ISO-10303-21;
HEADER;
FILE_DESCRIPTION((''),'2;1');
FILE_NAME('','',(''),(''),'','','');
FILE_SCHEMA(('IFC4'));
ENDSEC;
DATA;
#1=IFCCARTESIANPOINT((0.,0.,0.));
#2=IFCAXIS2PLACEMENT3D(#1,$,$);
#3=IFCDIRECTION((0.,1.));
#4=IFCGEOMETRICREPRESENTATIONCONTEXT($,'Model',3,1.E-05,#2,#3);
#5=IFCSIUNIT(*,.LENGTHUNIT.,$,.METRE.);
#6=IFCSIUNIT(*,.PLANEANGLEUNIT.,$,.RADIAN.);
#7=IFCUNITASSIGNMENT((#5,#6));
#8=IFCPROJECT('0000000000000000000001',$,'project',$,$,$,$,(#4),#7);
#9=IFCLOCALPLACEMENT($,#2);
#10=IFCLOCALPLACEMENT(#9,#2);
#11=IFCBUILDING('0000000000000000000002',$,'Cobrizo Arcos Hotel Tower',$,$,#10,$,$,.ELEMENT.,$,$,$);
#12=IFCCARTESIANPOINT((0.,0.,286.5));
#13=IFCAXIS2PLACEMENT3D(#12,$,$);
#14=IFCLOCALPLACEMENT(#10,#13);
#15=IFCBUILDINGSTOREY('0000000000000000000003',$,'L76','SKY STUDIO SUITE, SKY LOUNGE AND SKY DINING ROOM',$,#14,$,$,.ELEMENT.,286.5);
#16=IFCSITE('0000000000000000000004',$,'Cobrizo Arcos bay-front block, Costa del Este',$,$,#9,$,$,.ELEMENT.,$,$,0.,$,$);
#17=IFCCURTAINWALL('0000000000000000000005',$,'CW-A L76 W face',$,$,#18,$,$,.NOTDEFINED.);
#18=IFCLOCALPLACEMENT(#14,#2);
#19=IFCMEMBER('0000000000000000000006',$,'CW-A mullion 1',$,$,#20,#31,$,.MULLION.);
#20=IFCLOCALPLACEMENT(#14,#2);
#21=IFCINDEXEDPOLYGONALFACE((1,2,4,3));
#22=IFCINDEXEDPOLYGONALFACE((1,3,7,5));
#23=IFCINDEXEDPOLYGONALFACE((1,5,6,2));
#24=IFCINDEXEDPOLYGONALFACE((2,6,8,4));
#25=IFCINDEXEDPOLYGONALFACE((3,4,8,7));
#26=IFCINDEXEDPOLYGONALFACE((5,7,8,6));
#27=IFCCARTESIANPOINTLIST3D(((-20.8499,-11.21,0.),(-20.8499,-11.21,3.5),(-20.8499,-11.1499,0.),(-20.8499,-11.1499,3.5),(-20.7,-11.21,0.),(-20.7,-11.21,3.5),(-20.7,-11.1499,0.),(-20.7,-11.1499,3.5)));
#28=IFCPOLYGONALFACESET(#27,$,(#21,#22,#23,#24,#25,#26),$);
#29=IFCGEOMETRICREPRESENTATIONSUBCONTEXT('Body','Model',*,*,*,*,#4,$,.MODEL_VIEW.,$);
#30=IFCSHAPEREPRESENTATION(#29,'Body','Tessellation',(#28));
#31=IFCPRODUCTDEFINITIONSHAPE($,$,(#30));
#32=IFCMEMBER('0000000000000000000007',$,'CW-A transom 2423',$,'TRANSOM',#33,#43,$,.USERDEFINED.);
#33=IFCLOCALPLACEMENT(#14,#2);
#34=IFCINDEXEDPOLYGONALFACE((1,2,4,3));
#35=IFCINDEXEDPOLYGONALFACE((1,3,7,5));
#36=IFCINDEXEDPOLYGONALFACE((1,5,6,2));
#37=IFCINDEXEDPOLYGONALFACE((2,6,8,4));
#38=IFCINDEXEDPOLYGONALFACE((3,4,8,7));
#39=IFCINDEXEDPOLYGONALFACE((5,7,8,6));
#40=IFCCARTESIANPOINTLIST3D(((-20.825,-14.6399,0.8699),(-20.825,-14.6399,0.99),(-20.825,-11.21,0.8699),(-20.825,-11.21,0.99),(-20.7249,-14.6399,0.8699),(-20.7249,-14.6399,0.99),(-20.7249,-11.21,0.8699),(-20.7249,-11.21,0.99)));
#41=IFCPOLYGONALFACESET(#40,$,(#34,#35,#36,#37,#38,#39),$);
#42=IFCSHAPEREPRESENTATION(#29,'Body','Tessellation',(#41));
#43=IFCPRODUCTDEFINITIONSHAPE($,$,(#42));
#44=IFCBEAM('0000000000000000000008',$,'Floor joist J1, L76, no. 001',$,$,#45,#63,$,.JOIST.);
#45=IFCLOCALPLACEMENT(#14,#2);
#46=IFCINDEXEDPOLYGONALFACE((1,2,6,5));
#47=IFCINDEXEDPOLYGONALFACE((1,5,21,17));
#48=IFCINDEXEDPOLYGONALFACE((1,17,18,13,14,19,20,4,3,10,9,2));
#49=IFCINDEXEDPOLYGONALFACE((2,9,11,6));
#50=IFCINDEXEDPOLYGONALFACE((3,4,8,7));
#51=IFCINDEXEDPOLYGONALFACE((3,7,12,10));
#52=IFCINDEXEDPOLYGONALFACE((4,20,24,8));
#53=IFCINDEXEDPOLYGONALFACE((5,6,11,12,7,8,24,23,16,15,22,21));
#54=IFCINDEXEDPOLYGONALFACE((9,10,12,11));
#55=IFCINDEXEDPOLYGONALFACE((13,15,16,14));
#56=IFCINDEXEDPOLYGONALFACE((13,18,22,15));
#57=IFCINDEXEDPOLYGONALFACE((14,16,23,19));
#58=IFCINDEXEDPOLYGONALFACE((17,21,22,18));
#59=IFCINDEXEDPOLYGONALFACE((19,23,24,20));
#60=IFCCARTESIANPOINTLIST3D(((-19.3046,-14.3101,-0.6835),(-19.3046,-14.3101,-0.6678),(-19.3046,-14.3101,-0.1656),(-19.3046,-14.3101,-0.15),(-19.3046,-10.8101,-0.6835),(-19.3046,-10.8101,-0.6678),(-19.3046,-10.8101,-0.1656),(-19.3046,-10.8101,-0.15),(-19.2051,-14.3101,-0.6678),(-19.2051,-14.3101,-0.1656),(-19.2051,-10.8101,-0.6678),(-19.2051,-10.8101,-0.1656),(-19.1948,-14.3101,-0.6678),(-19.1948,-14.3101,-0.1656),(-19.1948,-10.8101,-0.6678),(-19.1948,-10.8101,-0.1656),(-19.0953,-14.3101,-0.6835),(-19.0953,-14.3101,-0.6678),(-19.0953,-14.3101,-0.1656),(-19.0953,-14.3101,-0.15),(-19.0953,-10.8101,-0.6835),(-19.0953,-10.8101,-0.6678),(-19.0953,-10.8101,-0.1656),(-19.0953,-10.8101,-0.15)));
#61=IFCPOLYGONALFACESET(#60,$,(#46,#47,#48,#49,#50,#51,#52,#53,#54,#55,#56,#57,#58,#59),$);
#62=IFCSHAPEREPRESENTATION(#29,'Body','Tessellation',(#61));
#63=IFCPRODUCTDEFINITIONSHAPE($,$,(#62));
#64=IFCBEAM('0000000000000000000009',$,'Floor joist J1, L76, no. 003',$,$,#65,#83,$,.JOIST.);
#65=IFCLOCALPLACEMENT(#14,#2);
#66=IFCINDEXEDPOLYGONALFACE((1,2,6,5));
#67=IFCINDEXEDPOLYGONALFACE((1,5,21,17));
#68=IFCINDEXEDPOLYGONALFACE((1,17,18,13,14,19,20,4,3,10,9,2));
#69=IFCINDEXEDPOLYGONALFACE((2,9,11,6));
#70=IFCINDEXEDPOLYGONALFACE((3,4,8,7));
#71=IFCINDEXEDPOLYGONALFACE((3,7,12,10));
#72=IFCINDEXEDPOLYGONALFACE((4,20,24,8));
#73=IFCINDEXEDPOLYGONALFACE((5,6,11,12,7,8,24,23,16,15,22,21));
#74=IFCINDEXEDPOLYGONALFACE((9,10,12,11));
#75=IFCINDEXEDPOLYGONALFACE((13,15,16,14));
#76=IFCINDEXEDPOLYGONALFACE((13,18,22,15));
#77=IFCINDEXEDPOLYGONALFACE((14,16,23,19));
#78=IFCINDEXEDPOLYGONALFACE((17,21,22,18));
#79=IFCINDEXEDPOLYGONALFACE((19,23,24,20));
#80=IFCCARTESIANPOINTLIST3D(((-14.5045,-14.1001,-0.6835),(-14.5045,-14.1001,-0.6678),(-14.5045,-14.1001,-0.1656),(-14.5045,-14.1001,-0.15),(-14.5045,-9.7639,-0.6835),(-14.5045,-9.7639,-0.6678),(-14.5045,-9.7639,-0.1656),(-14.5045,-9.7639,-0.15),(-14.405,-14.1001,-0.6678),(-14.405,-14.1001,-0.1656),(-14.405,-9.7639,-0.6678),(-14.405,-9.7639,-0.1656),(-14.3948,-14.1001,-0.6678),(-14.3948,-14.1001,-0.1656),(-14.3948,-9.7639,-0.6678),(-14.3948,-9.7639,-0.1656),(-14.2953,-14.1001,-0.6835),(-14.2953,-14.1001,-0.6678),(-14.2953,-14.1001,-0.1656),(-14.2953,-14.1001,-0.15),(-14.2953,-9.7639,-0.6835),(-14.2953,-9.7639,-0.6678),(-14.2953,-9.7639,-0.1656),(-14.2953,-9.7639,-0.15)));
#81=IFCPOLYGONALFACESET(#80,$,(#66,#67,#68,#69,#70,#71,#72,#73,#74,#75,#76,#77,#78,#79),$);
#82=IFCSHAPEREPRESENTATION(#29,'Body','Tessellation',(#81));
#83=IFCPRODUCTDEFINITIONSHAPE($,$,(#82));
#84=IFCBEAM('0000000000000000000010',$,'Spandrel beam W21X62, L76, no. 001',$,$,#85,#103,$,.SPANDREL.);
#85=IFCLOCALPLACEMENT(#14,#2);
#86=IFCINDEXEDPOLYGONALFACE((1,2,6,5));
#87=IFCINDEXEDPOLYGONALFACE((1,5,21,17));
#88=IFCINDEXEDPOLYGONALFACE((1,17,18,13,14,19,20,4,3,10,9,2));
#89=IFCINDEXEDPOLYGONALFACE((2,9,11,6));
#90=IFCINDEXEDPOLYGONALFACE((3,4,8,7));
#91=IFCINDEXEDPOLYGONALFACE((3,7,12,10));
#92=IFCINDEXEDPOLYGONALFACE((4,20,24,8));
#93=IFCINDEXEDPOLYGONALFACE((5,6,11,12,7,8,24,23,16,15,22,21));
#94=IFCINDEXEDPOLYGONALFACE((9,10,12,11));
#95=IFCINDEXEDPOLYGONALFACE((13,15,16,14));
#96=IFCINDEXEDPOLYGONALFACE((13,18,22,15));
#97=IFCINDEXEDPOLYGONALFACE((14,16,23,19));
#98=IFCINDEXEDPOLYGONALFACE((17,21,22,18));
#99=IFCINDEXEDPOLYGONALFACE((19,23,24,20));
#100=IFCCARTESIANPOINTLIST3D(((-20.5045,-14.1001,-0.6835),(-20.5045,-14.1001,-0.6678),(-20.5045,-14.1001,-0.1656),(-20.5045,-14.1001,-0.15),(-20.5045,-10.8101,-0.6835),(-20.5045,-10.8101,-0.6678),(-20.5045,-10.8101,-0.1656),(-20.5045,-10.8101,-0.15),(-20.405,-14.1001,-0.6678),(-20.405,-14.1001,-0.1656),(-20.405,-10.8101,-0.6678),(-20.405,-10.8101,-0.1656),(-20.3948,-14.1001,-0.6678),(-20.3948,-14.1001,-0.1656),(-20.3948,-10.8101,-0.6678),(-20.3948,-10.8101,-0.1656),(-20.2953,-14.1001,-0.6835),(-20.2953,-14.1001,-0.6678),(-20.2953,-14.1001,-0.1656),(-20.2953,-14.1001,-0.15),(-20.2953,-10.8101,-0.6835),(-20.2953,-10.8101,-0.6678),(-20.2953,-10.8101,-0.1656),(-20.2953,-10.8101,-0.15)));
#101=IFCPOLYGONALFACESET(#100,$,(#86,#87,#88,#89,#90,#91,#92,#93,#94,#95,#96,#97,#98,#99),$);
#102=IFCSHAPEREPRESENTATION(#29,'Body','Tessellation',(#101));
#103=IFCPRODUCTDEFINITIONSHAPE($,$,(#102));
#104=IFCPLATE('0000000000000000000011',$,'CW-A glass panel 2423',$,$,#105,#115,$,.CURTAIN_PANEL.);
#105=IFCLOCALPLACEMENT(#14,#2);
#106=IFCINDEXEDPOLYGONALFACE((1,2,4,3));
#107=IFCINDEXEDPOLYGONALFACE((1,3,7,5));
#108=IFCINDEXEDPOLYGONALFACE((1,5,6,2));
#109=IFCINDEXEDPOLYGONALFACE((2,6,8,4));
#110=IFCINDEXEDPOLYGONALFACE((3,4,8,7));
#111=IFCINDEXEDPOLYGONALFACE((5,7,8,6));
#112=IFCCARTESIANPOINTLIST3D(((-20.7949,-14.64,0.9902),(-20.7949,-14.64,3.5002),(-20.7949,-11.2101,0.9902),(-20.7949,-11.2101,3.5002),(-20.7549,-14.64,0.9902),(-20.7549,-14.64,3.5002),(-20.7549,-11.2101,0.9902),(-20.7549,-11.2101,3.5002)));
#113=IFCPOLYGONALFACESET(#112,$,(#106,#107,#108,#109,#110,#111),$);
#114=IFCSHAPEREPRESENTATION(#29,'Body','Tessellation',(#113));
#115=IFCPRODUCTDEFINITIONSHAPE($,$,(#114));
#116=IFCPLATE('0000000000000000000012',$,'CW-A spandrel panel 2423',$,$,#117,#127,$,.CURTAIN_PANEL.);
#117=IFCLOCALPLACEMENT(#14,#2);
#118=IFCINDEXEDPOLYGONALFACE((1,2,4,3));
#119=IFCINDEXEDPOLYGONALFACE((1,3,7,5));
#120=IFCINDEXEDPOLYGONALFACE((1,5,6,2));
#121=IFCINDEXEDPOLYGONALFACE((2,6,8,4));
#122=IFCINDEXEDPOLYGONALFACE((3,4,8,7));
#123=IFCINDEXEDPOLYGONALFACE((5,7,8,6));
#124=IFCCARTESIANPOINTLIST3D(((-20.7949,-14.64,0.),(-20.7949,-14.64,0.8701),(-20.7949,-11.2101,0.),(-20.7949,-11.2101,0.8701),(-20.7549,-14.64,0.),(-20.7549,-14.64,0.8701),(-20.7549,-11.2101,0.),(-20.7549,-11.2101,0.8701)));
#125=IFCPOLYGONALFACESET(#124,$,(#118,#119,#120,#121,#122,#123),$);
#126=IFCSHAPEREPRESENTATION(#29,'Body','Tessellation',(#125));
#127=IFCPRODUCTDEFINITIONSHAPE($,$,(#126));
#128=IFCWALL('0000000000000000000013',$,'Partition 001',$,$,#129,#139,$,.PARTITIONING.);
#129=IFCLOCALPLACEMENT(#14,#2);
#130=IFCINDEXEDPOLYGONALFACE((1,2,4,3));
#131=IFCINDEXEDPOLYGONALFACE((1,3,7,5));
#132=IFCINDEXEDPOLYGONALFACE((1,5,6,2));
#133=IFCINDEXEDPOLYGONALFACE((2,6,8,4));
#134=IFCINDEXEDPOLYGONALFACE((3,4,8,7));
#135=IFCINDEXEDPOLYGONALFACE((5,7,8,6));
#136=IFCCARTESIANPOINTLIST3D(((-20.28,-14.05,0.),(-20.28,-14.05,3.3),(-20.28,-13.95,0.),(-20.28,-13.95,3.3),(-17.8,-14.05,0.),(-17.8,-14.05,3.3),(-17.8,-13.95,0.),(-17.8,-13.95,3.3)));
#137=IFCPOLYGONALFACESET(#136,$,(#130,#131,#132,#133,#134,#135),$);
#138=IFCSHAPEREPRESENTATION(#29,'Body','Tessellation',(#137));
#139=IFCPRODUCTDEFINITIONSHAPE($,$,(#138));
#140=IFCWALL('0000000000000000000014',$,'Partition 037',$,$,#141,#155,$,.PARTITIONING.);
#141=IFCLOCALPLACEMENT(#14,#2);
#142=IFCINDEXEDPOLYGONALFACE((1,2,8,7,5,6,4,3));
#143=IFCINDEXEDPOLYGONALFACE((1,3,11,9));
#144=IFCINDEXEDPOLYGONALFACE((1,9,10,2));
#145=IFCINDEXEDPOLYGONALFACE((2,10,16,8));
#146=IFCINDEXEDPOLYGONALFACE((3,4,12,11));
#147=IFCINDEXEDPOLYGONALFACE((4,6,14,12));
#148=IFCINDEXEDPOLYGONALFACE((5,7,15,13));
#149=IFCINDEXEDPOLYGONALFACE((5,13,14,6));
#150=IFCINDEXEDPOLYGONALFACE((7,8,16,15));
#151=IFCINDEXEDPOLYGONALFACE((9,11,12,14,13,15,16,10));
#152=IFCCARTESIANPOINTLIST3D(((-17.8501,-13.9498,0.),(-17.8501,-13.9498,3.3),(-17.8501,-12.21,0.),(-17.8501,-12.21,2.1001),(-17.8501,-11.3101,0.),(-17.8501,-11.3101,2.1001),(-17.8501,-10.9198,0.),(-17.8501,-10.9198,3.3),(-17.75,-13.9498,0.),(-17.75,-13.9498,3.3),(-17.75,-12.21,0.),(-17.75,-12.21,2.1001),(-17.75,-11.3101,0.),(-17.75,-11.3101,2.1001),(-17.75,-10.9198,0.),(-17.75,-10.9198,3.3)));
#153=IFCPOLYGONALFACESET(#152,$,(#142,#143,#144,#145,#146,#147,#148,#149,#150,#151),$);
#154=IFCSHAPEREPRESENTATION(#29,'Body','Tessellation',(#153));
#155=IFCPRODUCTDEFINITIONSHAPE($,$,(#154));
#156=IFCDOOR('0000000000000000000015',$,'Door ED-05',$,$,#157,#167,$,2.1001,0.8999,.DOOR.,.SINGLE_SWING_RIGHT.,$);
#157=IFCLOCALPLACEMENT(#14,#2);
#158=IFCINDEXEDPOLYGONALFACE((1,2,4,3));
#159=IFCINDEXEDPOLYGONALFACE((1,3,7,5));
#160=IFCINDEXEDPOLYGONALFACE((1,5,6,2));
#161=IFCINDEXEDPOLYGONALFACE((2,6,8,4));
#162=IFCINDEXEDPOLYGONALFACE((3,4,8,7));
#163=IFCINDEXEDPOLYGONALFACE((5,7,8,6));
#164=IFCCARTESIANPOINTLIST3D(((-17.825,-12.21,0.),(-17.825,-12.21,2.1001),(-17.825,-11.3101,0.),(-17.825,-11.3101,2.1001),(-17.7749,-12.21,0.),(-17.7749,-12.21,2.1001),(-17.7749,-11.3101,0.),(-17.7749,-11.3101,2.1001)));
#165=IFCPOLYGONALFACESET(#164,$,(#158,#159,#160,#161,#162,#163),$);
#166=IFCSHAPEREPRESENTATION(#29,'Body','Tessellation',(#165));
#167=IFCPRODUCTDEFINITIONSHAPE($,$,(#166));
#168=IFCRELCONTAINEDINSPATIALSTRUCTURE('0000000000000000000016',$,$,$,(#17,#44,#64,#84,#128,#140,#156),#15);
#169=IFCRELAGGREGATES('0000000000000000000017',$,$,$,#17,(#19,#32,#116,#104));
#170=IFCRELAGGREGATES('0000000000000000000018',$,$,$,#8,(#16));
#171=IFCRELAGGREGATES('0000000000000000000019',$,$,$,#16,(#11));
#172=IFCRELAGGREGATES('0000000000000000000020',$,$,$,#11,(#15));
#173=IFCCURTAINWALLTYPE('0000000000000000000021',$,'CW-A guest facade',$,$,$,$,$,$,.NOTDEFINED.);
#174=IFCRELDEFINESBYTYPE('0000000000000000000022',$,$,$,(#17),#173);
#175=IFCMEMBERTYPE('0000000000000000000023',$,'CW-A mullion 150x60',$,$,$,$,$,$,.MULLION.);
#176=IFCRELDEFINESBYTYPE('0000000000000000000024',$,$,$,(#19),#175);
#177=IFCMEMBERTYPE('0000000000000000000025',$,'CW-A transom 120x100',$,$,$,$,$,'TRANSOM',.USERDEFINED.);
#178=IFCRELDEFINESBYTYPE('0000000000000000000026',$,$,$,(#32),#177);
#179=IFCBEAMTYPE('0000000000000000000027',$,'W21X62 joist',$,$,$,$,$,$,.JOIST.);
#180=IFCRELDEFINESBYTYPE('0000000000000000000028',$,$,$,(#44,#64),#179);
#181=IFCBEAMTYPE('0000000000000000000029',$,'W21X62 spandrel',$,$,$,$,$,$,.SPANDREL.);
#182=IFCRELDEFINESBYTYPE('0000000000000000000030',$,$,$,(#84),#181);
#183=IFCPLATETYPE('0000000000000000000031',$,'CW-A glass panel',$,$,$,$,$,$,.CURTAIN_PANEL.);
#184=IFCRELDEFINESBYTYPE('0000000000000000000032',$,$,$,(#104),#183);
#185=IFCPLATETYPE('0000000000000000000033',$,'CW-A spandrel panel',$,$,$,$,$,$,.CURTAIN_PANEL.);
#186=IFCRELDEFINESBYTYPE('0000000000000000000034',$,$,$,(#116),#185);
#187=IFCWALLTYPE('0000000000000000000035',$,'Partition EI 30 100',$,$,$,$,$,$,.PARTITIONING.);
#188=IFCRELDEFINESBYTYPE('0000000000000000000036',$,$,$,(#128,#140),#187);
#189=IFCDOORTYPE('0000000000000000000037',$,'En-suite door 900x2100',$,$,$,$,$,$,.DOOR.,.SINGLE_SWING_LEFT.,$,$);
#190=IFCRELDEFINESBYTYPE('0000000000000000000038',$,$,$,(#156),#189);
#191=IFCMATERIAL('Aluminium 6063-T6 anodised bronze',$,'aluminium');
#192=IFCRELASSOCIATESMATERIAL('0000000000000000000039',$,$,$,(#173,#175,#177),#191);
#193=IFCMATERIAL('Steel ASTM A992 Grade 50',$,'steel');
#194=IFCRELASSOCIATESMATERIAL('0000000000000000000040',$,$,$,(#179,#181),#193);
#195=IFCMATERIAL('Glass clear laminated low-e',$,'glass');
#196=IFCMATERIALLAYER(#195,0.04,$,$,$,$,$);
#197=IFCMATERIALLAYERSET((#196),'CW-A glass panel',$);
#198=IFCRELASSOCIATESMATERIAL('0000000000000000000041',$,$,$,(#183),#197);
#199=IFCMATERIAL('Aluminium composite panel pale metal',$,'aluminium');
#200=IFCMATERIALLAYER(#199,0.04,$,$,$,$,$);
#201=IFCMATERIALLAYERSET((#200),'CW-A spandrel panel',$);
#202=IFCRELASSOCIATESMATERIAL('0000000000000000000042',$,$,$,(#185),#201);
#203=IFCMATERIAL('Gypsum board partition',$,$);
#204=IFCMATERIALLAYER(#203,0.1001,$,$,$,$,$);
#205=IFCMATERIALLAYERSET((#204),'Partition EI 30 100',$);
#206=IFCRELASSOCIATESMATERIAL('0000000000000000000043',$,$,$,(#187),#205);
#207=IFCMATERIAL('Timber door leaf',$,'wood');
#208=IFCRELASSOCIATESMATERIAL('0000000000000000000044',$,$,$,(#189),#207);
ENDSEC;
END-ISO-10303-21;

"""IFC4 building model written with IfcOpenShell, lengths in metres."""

from ifc_helpers import new_model, si_unit, direction, frame, frame_2d, origin, origin_2d, place, context, subcontext, project, spatial, rectangle, i_section, extrude, material, layer, layer_set, material_profile, profile_set, type_object, element, fill, aggregate, save


model = new_model("IFC4")

# Units and contexts
model_context = context("Model", 3, precision=1e-05, world=origin(), true_north=direction((0.0, 1.0)))
body_context = subcontext(model_context, "Body", "Model", "MODEL_VIEW")
ifc_project = project(units=[si_unit("LENGTHUNIT", "METRE"), si_unit("PLANEANGLEUNIT", "RADIAN")], contexts=[model_context])

# Site, building, storey
site_placement = place(None, origin())
site = spatial("IfcSite", under=ifc_project, at=site_placement, Name="Cobrizo Arcos bay-front block, Costa del Este", CompositionType="ELEMENT", RefElevation=0.0)
building_placement = place(site_placement, origin())
building = spatial("IfcBuilding", under=site, at=building_placement, Name="Cobrizo Arcos Hotel Tower", CompositionType="ELEMENT")
storey_placement = place(building_placement, frame((0.0, 0.0, 286.5)))
storey = spatial("IfcBuildingStorey", under=building, at=storey_placement, Name="L76", Description="SKY STUDIO SUITE, SKY LOUNGE AND SKY DINING ROOM", CompositionType="ELEMENT", Elevation=286.5)

# Curtain wall, members
ifc_material_1 = material(Name="Aluminium 6063-T6 anodised bronze", Category="aluminium")
curtain_wall_type = type_object("IfcCurtainWallType", Name="CW-A guest facade", PredefinedType="NOTDEFINED", material=ifc_material_1)
curtain_wall_placement = place(storey_placement, origin())
curtain_wall = element("IfcCurtainWall", 1, at=curtain_wall_placement, inside=storey, type_object=curtain_wall_type, Name="CW-A L76 W face", PredefinedType="NOTDEFINED")
ifc_material_profile_1 = material_profile(ifc_material_1, rectangle(XDim=0.1499, YDim=0.0601, at=origin_2d()), Name="CW-A mullion 150x60")
ifc_profile_set_1 = profile_set([ifc_material_profile_1], Name="Aluminium 6063-T6 anodised bronze")
member_type_1 = type_object("IfcMemberType", Name="CW-A mullion 150x60", PredefinedType="MULLION", material=ifc_profile_set_1)
member_1_placement = place(storey_placement, frame((-20.7749, -11.1799, 0.0), z_axis=(0.0, 0.0, 1.0), x_axis=(-1.0, 0.0, 0.0)))
member_1 = element("IfcMember", 2, at=member_1_placement, type_object=member_type_1, Name="CW-A mullion 1", PredefinedType="MULLION", context=body_context, shape_type="SweptSolid", body=[
    extrude(rectangle(XDim=0.1499, YDim=0.0601, at=origin_2d()), origin(), (0.0, 0.0, 1.0), 3.5),
])
ifc_material_profile_2 = material_profile(ifc_material_1, rectangle(XDim=0.1001, YDim=0.1201, at=origin_2d()), Name="CW-A transom 120x100")
ifc_profile_set_2 = profile_set([ifc_material_profile_2], Name="Aluminium 6063-T6 anodised bronze")
member_type_2 = type_object("IfcMemberType", Name="CW-A transom 120x100", ElementType="TRANSOM", PredefinedType="USERDEFINED", material=ifc_profile_set_2)
member_2_placement = place(storey_placement, frame((-20.7749, -11.21, 0.9299), z_axis=(0.0, -1.0, 0.0), x_axis=(1.0, 0.0, 0.0)))
member_2 = element("IfcMember", 3, at=member_2_placement, type_object=member_type_2, Name="CW-A transom 2423", ObjectType="TRANSOM", PredefinedType="USERDEFINED", context=body_context, shape_type="SweptSolid", body=[
    extrude(rectangle(XDim=0.1001, YDim=0.1201, at=origin_2d()), origin(), (0.0, 0.0, 1.0), 3.4299),
])

# Beams
ifc_material_2 = material(Name="Steel ASTM A992 Grade 50", Category="steel")
ifc_material_profile_3 = material_profile(ifc_material_2, i_section(OverallWidth=0.2092, OverallDepth=0.5334, WebThickness=0.0103, FlangeThickness=0.0156, at=origin_2d()), Name="W21X62")
ifc_profile_set_3 = profile_set([ifc_material_profile_3], Name="Steel ASTM A992 Grade 50")
beam_type_1 = type_object("IfcBeamType", Name="W21X62 joist", PredefinedType="JOIST", material=ifc_profile_set_3)
beam_1_placement = place(storey_placement, frame((-19.2, -14.3101, -0.4167), z_axis=(0.0, 1.0, 0.0), x_axis=(-1.0, 0.0, 0.0)))
element("IfcBeam", 4, at=beam_1_placement, inside=storey, type_object=beam_type_1, Name="Floor joist J1, L76, no. 001", PredefinedType="JOIST", context=body_context, shape_type="SweptSolid", body=[
    extrude(i_section(OverallWidth=0.2092, OverallDepth=0.5334, WebThickness=0.0103, FlangeThickness=0.0156, at=origin_2d()), origin(), (0.0, 0.0, 1.0), 3.5),
])
beam_2_placement = place(storey_placement, frame((-14.3999, -14.1001, -0.4167), z_axis=(0.0, 1.0, 0.0), x_axis=(-1.0, 0.0, 0.0)))
element("IfcBeam", 5, at=beam_2_placement, inside=storey, type_object=beam_type_1, Name="Floor joist J1, L76, no. 003", PredefinedType="JOIST", context=body_context, shape_type="SweptSolid", body=[
    extrude(i_section(OverallWidth=0.2092, OverallDepth=0.5334, WebThickness=0.0103, FlangeThickness=0.0156, at=origin_2d()), origin(), (0.0, 0.0, 1.0), 4.3362),
])
ifc_material_profile_4 = material_profile(ifc_material_2, i_section(OverallWidth=0.2092, OverallDepth=0.5334, WebThickness=0.0103, FlangeThickness=0.0156, at=origin_2d()), Name="W21X62")
ifc_profile_set_4 = profile_set([ifc_material_profile_4], Name="Steel ASTM A992 Grade 50")
beam_type_2 = type_object("IfcBeamType", Name="W21X62 spandrel", PredefinedType="SPANDREL", material=ifc_profile_set_4)
beam_3_placement = place(storey_placement, frame((-20.3999, -14.1001, -0.4167), z_axis=(0.0, 1.0, 0.0), x_axis=(-1.0, 0.0, 0.0)))
element("IfcBeam", 6, at=beam_3_placement, inside=storey, type_object=beam_type_2, Name="Spandrel beam W21X62, L76, no. 001", PredefinedType="SPANDREL", context=body_context, shape_type="SweptSolid", body=[
    extrude(i_section(OverallWidth=0.2092, OverallDepth=0.5334, WebThickness=0.0103, FlangeThickness=0.0156, at=origin_2d()), origin(), (0.0, 0.0, 1.0), 3.29),
])

# Plates
ifc_material_3 = material(Name="Glass clear laminated low-e", Category="glass")
ifc_layer_1 = layer(ifc_material_3, 0.04)
ifc_layer_set_1 = layer_set([ifc_layer_1], Name="CW-A glass panel")
plate_type_1 = type_object("IfcPlateType", Name="CW-A glass panel", PredefinedType="CURTAIN_PANEL", material=ifc_layer_set_1)
plate_1_placement = place(storey_placement, frame((-20.7749, -12.925, 0.9902), z_axis=(0.0, 0.0, 1.0), x_axis=(0.0, -1.0, 0.0)))
plate_1 = element("IfcPlate", 7, at=plate_1_placement, type_object=plate_type_1, Name="CW-A glass panel 2423", PredefinedType="CURTAIN_PANEL", context=body_context, shape_type="SweptSolid", body=[
    extrude(rectangle(XDim=3.4299, YDim=0.04, at=origin_2d()), origin(), (0.0, 0.0, 1.0), 2.51),
])
ifc_material_4 = material(Name="Aluminium composite panel pale metal", Category="aluminium")
ifc_layer_2 = layer(ifc_material_4, 0.04)
ifc_layer_set_2 = layer_set([ifc_layer_2], Name="CW-A spandrel panel")
plate_type_2 = type_object("IfcPlateType", Name="CW-A spandrel panel", PredefinedType="CURTAIN_PANEL", material=ifc_layer_set_2)
plate_2_placement = place(storey_placement, frame((-20.7749, -12.925, 0.0), z_axis=(0.0, 0.0, 1.0), x_axis=(0.0, -1.0, 0.0)))
plate_2 = element("IfcPlate", 8, at=plate_2_placement, type_object=plate_type_2, Name="CW-A spandrel panel 2423", PredefinedType="CURTAIN_PANEL", context=body_context, shape_type="SweptSolid", body=[
    extrude(rectangle(XDim=3.4299, YDim=0.04, at=origin_2d()), origin(), (0.0, 0.0, 1.0), 0.8701),
])
aggregate(curtain_wall, [member_1, member_2, plate_2, plate_1])

# Wall
ifc_material_5 = material(Name="Gypsum board partition")
ifc_layer_3 = layer(ifc_material_5, 0.1001)
ifc_layer_set_3 = layer_set([ifc_layer_3], Name="Partition EI 30 100")
wall_type_1 = type_object("IfcWallType", Name="Partition EI 30 100", PredefinedType="PARTITIONING", material=ifc_layer_set_3)
wall_1_placement = place(storey_placement, frame((-20.28, -14.0, 0.0), z_axis=(0.0, 0.0, 1.0), x_axis=(1.0, 0.0, 0.0)))
element("IfcWall", 9, at=wall_1_placement, inside=storey, type_object=wall_type_1, Name="Partition 001", PredefinedType="PARTITIONING", context=body_context, shape_type="SweptSolid", body=[
    extrude(rectangle(XDim=2.48, YDim=0.1001, at=frame_2d((1.24, 0.0))), origin(), (0.0, 0.0, 1.0), 3.3),
])

# Wall, opening, door
wall_2_placement = place(storey_placement, frame((-17.8, -13.95, 0.0), z_axis=(0.0, 0.0, 1.0), x_axis=(0.0, 1.0, 0.0)))
wall_2 = element("IfcWall", 10, at=wall_2_placement, inside=storey, type_object=wall_type_1, Name="Partition 037", PredefinedType="PARTITIONING", context=body_context, shape_type="SweptSolid", body=[
    extrude(rectangle(XDim=3.03, YDim=0.1001, at=frame_2d((1.5151, 0.0))), origin(), (0.0, 0.0, 1.0), 3.3),
])
opening_1_placement = place(wall_2_placement, frame((1.74, 0.0, 0.0)))
opening_1 = element("IfcOpeningElement", 11, at=opening_1_placement, cuts=wall_2, PredefinedType="OPENING", context=body_context, shape_type="SweptSolid", body=[
    extrude(rectangle(XDim=0.8999, YDim=2.1001, at=frame_2d((0.45, 1.05))), frame((0.0, 0.062, 0.0), z_axis=(0.0, -1.0, 0.0), x_axis=(1.0, 0.0, 0.0)), (0.0, 0.0, 1.0), 0.124),
])
ifc_material_6 = material(Name="Timber door leaf", Category="wood")
door_type_1 = type_object("IfcDoorType", Name="En-suite door 900x2100", OperationType="SINGLE_SWING_LEFT", PredefinedType="DOOR", material=ifc_material_6)
door_1_placement = place(opening_1_placement, origin())
door_1 = element("IfcDoor", 12, at=door_1_placement, inside=storey, type_object=door_type_1, Name="Door ED-05", OperationType="SINGLE_SWING_RIGHT", OverallHeight=2.1001, OverallWidth=0.8999, PredefinedType="DOOR", context=body_context, shape_type="SweptSolid", body=[
    extrude(rectangle(XDim=0.8999, YDim=2.1001, at=frame_2d((0.45, 1.05))), frame((0.0, 0.0249, 0.0), z_axis=(0.0, -1.0, 0.0), x_axis=(1.0, 0.0, 0.0)), (0.0, 0.0, 1.0), 0.05),
])
fill(opening_1, door_1)

save(model, "model.ifc")
